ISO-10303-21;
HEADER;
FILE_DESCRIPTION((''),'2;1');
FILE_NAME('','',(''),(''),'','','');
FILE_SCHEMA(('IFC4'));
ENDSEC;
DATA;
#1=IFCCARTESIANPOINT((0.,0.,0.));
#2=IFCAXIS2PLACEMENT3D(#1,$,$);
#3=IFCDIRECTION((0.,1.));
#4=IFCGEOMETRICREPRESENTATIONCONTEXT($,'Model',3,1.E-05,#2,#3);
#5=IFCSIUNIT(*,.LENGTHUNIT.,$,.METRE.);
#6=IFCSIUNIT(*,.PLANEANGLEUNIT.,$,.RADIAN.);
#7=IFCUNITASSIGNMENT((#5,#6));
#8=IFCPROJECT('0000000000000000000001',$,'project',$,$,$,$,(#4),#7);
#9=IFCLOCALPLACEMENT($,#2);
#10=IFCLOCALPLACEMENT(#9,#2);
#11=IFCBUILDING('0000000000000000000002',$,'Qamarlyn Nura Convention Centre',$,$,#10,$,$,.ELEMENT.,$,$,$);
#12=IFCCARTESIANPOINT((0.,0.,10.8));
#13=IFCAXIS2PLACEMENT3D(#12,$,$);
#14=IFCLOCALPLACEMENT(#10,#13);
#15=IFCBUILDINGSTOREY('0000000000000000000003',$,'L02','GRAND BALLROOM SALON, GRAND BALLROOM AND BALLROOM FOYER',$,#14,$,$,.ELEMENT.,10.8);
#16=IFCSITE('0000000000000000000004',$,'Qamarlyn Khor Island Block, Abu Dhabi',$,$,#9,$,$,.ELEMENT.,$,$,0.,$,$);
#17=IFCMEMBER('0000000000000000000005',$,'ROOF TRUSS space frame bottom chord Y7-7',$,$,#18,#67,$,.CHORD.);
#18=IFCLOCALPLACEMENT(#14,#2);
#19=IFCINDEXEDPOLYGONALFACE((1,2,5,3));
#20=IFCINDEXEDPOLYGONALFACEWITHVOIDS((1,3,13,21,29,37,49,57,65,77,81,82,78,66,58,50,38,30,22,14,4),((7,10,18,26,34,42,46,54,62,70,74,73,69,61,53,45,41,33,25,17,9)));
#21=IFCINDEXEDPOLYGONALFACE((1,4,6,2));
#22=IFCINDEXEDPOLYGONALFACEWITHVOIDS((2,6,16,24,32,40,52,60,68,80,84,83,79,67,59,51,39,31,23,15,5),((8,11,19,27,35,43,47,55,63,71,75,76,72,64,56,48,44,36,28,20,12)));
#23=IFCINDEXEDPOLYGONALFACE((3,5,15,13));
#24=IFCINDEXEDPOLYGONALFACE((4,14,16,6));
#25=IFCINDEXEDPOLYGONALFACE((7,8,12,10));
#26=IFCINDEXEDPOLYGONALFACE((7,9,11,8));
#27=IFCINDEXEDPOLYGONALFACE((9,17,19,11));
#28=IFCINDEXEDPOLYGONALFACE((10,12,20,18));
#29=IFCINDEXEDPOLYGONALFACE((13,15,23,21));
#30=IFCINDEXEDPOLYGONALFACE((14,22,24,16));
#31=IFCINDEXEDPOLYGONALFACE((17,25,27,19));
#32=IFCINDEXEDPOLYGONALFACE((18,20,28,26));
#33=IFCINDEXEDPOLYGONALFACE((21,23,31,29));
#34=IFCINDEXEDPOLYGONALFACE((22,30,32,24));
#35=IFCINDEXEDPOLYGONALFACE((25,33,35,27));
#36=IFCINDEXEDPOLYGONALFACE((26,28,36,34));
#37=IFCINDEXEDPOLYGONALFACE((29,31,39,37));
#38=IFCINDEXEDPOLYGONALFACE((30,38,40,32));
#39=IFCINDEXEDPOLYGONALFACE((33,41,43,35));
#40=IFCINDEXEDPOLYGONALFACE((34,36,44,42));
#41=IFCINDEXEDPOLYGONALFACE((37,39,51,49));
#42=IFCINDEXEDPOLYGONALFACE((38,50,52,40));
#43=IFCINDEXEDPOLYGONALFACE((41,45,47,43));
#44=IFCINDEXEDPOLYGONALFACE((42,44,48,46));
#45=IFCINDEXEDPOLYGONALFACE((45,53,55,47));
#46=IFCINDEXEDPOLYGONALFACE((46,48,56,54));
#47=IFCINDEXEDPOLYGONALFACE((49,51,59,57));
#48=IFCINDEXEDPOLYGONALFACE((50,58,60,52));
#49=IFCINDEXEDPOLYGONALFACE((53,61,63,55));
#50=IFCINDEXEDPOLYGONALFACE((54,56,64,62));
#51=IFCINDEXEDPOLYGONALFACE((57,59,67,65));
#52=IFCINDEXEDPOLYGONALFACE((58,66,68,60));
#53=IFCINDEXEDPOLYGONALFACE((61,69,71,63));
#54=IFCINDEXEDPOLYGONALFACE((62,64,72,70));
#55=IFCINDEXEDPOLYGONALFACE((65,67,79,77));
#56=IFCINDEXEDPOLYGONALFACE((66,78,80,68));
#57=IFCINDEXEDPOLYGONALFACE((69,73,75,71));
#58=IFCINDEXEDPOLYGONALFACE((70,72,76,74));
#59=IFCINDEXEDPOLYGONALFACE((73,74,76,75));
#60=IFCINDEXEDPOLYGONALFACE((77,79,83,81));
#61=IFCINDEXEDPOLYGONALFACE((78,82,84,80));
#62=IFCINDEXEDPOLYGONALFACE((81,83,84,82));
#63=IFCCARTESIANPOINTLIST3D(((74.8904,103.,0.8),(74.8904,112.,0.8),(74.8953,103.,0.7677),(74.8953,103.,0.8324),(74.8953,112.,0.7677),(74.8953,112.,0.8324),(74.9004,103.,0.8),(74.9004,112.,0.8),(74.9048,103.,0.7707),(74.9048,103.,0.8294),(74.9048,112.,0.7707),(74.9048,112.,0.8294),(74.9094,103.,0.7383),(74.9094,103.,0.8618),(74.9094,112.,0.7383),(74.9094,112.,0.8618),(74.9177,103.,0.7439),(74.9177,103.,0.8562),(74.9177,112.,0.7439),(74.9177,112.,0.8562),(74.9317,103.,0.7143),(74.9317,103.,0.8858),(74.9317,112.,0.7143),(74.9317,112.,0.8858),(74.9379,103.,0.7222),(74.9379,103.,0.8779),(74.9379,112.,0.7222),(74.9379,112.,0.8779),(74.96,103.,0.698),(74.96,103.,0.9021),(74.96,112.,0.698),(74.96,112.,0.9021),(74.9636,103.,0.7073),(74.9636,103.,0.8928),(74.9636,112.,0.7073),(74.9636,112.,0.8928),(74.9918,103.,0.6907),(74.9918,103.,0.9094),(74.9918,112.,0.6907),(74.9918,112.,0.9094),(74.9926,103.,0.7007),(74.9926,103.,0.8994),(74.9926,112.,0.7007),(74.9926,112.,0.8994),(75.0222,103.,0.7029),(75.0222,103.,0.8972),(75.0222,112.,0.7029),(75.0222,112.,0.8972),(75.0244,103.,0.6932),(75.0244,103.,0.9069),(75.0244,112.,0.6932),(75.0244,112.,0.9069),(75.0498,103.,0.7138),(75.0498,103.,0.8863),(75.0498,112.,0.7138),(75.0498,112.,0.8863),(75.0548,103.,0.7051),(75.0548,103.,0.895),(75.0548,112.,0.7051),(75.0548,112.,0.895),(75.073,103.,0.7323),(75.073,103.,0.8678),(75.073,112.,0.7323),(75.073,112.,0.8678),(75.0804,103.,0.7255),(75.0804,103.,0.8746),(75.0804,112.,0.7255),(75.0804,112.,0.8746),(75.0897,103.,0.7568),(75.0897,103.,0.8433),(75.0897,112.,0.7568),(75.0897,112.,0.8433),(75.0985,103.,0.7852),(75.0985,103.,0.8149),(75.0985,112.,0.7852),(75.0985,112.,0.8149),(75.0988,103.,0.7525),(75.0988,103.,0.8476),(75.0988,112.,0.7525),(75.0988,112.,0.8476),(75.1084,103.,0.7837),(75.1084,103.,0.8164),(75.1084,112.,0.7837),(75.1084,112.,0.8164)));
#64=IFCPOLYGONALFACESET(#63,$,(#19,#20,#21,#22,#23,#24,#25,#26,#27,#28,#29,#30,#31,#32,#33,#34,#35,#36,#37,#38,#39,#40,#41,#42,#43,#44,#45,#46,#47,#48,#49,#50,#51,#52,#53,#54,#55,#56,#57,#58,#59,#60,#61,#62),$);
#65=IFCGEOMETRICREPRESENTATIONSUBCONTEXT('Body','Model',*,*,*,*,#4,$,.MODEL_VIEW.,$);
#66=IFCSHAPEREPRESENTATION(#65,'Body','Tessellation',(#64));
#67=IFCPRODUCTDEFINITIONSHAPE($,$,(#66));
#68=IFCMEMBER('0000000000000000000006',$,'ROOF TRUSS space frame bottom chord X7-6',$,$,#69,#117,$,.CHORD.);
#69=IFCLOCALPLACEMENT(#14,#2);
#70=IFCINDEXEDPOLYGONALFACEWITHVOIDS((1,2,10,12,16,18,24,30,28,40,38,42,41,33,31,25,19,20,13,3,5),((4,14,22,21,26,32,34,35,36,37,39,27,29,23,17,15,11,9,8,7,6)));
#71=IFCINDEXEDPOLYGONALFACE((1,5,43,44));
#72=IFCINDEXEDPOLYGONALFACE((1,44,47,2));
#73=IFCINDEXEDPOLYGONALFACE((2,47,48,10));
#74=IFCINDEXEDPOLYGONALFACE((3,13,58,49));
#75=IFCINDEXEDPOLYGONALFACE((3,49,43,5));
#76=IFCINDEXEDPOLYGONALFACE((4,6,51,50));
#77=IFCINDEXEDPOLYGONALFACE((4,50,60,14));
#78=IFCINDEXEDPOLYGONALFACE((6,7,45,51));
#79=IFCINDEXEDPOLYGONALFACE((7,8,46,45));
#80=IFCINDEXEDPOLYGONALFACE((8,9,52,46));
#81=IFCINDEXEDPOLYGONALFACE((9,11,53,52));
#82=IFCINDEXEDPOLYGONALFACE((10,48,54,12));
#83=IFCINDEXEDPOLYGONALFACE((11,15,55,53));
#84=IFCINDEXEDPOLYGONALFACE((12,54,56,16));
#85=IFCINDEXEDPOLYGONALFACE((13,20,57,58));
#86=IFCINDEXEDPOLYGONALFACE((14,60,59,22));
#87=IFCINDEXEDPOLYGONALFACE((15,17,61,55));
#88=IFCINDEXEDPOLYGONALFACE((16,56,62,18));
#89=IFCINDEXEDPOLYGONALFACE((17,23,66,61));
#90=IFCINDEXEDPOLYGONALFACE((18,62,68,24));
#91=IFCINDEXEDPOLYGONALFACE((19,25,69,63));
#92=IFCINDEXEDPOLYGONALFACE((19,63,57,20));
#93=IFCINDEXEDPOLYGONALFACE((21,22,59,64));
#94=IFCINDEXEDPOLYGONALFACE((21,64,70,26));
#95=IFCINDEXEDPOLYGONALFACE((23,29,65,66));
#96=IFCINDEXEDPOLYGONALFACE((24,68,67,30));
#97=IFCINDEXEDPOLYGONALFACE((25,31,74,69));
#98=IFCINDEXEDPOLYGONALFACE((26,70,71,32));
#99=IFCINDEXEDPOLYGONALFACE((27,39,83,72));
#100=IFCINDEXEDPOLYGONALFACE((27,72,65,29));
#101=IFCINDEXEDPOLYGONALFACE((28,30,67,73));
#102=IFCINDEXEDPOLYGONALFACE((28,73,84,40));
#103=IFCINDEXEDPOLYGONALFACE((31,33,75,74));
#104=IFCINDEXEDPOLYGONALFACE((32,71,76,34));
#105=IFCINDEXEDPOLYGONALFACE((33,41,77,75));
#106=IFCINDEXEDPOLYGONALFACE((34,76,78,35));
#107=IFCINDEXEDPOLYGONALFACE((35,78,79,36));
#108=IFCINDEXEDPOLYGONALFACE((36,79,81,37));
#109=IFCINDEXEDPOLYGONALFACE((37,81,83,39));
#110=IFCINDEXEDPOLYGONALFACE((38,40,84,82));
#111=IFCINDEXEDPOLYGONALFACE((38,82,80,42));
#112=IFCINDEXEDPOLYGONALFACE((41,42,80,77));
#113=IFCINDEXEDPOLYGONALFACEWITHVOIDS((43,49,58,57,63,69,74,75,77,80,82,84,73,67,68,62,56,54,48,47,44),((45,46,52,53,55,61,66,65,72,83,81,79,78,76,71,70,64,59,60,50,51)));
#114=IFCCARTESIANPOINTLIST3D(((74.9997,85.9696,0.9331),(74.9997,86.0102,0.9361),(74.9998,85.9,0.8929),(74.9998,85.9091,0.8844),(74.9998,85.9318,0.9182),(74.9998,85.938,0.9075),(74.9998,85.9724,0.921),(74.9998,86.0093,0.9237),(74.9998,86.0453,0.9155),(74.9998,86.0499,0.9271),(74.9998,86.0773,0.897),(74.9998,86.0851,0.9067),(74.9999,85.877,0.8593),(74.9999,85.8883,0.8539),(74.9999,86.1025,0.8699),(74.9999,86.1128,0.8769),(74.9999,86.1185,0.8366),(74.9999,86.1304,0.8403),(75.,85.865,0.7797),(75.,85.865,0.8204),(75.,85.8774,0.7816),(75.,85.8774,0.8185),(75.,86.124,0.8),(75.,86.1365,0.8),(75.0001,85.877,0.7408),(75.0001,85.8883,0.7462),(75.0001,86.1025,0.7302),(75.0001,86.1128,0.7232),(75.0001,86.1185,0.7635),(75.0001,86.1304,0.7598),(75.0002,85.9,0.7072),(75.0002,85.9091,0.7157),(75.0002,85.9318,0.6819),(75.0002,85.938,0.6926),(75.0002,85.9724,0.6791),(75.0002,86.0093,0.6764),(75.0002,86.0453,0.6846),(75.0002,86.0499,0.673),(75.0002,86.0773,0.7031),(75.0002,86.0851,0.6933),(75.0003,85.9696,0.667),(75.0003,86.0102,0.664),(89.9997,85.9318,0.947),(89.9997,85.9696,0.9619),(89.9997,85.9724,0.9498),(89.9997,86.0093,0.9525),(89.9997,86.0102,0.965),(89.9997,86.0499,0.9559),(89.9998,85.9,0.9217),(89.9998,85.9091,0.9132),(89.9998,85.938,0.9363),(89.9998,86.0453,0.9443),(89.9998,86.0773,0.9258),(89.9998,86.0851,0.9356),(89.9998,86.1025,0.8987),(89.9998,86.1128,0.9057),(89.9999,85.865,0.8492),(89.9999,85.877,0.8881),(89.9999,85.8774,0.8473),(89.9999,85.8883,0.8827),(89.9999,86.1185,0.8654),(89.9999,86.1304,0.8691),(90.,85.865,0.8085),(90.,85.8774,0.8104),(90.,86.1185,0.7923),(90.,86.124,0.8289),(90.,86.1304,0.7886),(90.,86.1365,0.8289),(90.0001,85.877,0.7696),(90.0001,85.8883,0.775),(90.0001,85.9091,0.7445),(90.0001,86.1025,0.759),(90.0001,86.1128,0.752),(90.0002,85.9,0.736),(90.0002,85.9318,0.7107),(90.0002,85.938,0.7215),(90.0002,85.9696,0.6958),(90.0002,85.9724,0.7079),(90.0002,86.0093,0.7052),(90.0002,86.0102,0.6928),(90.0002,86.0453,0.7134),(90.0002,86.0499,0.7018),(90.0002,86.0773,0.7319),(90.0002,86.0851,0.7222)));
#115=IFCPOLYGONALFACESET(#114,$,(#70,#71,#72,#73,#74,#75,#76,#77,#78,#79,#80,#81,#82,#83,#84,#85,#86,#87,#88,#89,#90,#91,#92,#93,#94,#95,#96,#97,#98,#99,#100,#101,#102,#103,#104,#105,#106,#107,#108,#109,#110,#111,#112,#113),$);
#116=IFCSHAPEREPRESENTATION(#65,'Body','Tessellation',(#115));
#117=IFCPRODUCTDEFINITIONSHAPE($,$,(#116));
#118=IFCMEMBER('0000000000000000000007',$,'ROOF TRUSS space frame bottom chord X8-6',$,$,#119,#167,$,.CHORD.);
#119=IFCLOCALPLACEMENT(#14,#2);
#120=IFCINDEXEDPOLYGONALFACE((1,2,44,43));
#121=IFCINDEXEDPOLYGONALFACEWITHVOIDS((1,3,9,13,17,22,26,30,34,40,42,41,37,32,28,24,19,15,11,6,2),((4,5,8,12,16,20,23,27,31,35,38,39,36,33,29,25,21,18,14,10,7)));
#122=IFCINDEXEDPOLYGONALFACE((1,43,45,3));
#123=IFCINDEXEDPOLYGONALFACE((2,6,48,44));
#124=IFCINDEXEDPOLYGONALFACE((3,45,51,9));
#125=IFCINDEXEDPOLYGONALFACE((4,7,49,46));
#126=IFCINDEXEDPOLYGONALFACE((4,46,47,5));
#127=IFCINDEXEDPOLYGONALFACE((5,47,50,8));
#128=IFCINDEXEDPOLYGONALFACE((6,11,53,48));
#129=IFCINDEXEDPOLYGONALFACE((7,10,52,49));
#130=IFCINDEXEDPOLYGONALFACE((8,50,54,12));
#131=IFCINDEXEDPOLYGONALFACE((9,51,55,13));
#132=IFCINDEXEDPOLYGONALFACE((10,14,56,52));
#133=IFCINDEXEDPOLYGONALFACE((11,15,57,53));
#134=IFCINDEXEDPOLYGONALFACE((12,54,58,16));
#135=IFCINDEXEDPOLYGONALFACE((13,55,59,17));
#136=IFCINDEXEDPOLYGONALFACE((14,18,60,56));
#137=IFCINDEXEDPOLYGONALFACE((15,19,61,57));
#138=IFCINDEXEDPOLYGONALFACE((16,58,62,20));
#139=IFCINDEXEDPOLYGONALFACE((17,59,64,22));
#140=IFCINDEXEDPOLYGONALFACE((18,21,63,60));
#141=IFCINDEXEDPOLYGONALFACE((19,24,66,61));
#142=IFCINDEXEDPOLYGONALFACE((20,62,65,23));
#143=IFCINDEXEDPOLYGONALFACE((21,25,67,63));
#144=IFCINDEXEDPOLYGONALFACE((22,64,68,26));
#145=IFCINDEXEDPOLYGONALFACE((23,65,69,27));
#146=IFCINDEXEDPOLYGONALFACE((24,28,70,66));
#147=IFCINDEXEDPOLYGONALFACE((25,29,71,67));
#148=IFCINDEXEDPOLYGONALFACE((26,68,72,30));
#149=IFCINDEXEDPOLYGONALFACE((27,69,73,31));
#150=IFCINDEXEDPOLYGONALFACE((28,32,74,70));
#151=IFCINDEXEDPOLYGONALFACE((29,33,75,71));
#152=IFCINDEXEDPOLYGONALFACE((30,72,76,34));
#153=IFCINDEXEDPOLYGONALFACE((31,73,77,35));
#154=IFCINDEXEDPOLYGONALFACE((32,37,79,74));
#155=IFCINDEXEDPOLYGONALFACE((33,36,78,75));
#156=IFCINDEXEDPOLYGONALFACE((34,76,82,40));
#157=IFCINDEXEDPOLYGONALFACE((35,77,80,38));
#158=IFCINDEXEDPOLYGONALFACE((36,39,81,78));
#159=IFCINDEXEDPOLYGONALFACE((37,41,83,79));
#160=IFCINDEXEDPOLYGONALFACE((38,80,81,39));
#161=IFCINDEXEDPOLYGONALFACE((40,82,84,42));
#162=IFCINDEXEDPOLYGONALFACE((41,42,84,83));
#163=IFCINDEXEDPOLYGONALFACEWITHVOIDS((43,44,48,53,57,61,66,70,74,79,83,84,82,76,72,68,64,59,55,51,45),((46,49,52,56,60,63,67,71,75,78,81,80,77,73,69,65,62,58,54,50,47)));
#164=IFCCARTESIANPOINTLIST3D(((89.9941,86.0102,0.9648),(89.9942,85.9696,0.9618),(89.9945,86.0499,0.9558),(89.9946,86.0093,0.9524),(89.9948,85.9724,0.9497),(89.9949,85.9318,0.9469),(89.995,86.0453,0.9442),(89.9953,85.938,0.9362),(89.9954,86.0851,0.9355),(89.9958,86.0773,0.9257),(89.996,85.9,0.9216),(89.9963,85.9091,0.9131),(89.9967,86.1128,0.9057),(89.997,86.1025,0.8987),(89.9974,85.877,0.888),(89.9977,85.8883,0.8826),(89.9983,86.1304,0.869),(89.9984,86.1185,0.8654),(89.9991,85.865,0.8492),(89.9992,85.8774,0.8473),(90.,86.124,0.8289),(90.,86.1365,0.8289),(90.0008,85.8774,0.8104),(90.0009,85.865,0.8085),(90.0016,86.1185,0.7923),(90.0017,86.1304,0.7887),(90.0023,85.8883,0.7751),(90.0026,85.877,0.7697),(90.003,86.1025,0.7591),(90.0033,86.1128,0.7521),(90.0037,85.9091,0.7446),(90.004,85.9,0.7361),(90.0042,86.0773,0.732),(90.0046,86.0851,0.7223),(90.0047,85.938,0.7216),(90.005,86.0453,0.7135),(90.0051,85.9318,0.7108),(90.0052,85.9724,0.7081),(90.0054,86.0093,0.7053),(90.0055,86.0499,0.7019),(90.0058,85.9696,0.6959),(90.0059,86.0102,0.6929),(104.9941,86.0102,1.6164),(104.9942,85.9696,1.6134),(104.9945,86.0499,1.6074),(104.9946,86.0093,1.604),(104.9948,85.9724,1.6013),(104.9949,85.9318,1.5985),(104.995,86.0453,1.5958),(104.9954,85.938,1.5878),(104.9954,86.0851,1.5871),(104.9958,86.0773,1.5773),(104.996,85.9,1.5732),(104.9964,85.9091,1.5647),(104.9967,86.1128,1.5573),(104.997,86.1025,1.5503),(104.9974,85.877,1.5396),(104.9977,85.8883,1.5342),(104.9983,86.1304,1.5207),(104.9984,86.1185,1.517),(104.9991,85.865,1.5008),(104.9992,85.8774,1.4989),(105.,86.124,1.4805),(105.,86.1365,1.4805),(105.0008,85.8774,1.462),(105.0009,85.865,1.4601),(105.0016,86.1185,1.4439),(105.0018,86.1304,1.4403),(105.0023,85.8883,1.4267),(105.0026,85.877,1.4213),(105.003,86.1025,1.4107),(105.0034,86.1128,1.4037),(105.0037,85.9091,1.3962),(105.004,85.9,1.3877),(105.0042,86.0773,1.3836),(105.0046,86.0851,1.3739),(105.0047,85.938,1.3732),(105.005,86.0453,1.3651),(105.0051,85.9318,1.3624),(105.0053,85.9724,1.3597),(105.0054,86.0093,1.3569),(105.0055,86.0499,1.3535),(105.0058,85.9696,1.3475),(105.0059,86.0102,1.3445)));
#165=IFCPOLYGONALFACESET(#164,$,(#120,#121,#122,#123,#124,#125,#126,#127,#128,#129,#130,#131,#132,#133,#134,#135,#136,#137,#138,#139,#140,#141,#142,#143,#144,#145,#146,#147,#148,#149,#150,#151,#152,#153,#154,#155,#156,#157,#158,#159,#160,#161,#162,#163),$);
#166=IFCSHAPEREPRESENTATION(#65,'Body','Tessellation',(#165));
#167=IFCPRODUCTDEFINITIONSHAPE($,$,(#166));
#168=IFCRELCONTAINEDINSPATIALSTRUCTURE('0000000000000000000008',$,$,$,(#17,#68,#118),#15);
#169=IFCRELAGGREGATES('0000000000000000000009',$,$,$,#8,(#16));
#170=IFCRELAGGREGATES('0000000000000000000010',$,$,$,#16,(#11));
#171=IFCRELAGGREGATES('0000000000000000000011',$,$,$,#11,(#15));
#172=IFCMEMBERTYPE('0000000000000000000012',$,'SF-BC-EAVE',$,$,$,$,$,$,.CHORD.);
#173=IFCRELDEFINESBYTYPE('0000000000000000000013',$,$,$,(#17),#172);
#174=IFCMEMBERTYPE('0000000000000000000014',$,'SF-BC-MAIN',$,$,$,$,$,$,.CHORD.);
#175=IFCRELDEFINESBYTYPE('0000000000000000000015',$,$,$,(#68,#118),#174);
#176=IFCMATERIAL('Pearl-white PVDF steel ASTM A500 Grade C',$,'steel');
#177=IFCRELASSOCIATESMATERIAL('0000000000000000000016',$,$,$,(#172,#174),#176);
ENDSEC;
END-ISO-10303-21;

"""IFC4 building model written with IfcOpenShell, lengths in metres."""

from ifc_helpers import new_model, si_unit, direction, frame, origin, origin_2d, place, context, subcontext, project, spatial, hollow_circle, extrude, material, material_profile, profile_set, type_object, element, save


model = new_model("IFC4")

# Units and contexts
model_context = context("Model", 3, precision=1e-05, world=origin(), true_north=direction((0.0, 1.0)))
body_context = subcontext(model_context, "Body", "Model", "MODEL_VIEW")
ifc_project = project(units=[si_unit("LENGTHUNIT", "METRE"), si_unit("PLANEANGLEUNIT", "RADIAN")], contexts=[model_context])

# Site, building, storey
site_placement = place(None, origin())
site = spatial("IfcSite", under=ifc_project, at=site_placement, Name="Qamarlyn Khor Island Block, Abu Dhabi", CompositionType="ELEMENT", RefElevation=0.0)
building_placement = place(site_placement, origin())
building = spatial("IfcBuilding", under=site, at=building_placement, Name="Qamarlyn Nura Convention Centre", CompositionType="ELEMENT")
storey_placement = place(building_placement, frame((0.0, 0.0, 10.8)))
storey = spatial("IfcBuildingStorey", under=building, at=storey_placement, Name="L02", Description="GRAND BALLROOM SALON, GRAND BALLROOM AND BALLROOM FOYER", CompositionType="ELEMENT", Elevation=10.8)

# Members
ifc_material_1 = material(Name="Pearl-white PVDF steel ASTM A500 Grade C", Category="steel")
ifc_material_profile_1 = material_profile(ifc_material_1, hollow_circle(Radius=0.1096, WallThickness=0.01, at=origin_2d()), Name="CHS219.1X10")
ifc_profile_set_1 = profile_set([ifc_material_profile_1], Name="Pearl-white PVDF steel ASTM A500 Grade C")
member_type_1 = type_object("IfcMemberType", Name="SF-BC-EAVE", PredefinedType="CHORD", material=ifc_profile_set_1)
member_1_placement = place(storey_placement, frame((75.0, 103.0, 0.8), z_axis=(0.0, 1.0, 0.0), x_axis=(-1.0, 0.0, 0.0)))
element("IfcMember", 1, at=member_1_placement, inside=storey, type_object=member_type_1, Name="ROOF TRUSS space frame bottom chord Y7-7", PredefinedType="CHORD", context=body_context, shape_type="SweptSolid", body=[
    extrude(hollow_circle(Radius=0.1096, WallThickness=0.01, at=origin_2d()), origin(), (0.0, 0.0, 1.0), 9.0),
])
ifc_material_profile_2 = material_profile(ifc_material_1, hollow_circle(Radius=0.1365, WallThickness=0.0125, at=origin_2d()), Name="CHS273X12.5")
ifc_profile_set_2 = profile_set([ifc_material_profile_2], Name="Pearl-white PVDF steel ASTM A500 Grade C")
member_type_2 = type_object("IfcMemberType", Name="SF-BC-MAIN", PredefinedType="CHORD", material=ifc_profile_set_2)
member_2_placement = place(storey_placement, frame((75.0, 86.0, 0.8), z_axis=(0.999998, 0.0, 0.001921), x_axis=(0.0, 1.0, 0.0)))
element("IfcMember", 2, at=member_2_placement, inside=storey, type_object=member_type_2, Name="ROOF TRUSS space frame bottom chord X7-6", PredefinedType="CHORD", context=body_context, shape_type="SweptSolid", body=[
    extrude(hollow_circle(Radius=0.1365, WallThickness=0.0125, at=origin_2d()), origin(), (0.0, 0.0, 1.0), 15.0),
])
member_3_placement = place(storey_placement, frame((90.0, 86.0, 0.8289), z_axis=(0.999058, 0.0, 0.0434), x_axis=(0.0, 1.0, 0.0)))
element("IfcMember", 3, at=member_3_placement, inside=storey, type_object=member_type_2, Name="ROOF TRUSS space frame bottom chord X8-6", PredefinedType="CHORD", context=body_context, shape_type="SweptSolid", body=[
    extrude(hollow_circle(Radius=0.1365, WallThickness=0.0125, at=origin_2d()), origin(), (0.0, 0.0, 1.0), 15.0142),
])

save(model, "model.ifc")
